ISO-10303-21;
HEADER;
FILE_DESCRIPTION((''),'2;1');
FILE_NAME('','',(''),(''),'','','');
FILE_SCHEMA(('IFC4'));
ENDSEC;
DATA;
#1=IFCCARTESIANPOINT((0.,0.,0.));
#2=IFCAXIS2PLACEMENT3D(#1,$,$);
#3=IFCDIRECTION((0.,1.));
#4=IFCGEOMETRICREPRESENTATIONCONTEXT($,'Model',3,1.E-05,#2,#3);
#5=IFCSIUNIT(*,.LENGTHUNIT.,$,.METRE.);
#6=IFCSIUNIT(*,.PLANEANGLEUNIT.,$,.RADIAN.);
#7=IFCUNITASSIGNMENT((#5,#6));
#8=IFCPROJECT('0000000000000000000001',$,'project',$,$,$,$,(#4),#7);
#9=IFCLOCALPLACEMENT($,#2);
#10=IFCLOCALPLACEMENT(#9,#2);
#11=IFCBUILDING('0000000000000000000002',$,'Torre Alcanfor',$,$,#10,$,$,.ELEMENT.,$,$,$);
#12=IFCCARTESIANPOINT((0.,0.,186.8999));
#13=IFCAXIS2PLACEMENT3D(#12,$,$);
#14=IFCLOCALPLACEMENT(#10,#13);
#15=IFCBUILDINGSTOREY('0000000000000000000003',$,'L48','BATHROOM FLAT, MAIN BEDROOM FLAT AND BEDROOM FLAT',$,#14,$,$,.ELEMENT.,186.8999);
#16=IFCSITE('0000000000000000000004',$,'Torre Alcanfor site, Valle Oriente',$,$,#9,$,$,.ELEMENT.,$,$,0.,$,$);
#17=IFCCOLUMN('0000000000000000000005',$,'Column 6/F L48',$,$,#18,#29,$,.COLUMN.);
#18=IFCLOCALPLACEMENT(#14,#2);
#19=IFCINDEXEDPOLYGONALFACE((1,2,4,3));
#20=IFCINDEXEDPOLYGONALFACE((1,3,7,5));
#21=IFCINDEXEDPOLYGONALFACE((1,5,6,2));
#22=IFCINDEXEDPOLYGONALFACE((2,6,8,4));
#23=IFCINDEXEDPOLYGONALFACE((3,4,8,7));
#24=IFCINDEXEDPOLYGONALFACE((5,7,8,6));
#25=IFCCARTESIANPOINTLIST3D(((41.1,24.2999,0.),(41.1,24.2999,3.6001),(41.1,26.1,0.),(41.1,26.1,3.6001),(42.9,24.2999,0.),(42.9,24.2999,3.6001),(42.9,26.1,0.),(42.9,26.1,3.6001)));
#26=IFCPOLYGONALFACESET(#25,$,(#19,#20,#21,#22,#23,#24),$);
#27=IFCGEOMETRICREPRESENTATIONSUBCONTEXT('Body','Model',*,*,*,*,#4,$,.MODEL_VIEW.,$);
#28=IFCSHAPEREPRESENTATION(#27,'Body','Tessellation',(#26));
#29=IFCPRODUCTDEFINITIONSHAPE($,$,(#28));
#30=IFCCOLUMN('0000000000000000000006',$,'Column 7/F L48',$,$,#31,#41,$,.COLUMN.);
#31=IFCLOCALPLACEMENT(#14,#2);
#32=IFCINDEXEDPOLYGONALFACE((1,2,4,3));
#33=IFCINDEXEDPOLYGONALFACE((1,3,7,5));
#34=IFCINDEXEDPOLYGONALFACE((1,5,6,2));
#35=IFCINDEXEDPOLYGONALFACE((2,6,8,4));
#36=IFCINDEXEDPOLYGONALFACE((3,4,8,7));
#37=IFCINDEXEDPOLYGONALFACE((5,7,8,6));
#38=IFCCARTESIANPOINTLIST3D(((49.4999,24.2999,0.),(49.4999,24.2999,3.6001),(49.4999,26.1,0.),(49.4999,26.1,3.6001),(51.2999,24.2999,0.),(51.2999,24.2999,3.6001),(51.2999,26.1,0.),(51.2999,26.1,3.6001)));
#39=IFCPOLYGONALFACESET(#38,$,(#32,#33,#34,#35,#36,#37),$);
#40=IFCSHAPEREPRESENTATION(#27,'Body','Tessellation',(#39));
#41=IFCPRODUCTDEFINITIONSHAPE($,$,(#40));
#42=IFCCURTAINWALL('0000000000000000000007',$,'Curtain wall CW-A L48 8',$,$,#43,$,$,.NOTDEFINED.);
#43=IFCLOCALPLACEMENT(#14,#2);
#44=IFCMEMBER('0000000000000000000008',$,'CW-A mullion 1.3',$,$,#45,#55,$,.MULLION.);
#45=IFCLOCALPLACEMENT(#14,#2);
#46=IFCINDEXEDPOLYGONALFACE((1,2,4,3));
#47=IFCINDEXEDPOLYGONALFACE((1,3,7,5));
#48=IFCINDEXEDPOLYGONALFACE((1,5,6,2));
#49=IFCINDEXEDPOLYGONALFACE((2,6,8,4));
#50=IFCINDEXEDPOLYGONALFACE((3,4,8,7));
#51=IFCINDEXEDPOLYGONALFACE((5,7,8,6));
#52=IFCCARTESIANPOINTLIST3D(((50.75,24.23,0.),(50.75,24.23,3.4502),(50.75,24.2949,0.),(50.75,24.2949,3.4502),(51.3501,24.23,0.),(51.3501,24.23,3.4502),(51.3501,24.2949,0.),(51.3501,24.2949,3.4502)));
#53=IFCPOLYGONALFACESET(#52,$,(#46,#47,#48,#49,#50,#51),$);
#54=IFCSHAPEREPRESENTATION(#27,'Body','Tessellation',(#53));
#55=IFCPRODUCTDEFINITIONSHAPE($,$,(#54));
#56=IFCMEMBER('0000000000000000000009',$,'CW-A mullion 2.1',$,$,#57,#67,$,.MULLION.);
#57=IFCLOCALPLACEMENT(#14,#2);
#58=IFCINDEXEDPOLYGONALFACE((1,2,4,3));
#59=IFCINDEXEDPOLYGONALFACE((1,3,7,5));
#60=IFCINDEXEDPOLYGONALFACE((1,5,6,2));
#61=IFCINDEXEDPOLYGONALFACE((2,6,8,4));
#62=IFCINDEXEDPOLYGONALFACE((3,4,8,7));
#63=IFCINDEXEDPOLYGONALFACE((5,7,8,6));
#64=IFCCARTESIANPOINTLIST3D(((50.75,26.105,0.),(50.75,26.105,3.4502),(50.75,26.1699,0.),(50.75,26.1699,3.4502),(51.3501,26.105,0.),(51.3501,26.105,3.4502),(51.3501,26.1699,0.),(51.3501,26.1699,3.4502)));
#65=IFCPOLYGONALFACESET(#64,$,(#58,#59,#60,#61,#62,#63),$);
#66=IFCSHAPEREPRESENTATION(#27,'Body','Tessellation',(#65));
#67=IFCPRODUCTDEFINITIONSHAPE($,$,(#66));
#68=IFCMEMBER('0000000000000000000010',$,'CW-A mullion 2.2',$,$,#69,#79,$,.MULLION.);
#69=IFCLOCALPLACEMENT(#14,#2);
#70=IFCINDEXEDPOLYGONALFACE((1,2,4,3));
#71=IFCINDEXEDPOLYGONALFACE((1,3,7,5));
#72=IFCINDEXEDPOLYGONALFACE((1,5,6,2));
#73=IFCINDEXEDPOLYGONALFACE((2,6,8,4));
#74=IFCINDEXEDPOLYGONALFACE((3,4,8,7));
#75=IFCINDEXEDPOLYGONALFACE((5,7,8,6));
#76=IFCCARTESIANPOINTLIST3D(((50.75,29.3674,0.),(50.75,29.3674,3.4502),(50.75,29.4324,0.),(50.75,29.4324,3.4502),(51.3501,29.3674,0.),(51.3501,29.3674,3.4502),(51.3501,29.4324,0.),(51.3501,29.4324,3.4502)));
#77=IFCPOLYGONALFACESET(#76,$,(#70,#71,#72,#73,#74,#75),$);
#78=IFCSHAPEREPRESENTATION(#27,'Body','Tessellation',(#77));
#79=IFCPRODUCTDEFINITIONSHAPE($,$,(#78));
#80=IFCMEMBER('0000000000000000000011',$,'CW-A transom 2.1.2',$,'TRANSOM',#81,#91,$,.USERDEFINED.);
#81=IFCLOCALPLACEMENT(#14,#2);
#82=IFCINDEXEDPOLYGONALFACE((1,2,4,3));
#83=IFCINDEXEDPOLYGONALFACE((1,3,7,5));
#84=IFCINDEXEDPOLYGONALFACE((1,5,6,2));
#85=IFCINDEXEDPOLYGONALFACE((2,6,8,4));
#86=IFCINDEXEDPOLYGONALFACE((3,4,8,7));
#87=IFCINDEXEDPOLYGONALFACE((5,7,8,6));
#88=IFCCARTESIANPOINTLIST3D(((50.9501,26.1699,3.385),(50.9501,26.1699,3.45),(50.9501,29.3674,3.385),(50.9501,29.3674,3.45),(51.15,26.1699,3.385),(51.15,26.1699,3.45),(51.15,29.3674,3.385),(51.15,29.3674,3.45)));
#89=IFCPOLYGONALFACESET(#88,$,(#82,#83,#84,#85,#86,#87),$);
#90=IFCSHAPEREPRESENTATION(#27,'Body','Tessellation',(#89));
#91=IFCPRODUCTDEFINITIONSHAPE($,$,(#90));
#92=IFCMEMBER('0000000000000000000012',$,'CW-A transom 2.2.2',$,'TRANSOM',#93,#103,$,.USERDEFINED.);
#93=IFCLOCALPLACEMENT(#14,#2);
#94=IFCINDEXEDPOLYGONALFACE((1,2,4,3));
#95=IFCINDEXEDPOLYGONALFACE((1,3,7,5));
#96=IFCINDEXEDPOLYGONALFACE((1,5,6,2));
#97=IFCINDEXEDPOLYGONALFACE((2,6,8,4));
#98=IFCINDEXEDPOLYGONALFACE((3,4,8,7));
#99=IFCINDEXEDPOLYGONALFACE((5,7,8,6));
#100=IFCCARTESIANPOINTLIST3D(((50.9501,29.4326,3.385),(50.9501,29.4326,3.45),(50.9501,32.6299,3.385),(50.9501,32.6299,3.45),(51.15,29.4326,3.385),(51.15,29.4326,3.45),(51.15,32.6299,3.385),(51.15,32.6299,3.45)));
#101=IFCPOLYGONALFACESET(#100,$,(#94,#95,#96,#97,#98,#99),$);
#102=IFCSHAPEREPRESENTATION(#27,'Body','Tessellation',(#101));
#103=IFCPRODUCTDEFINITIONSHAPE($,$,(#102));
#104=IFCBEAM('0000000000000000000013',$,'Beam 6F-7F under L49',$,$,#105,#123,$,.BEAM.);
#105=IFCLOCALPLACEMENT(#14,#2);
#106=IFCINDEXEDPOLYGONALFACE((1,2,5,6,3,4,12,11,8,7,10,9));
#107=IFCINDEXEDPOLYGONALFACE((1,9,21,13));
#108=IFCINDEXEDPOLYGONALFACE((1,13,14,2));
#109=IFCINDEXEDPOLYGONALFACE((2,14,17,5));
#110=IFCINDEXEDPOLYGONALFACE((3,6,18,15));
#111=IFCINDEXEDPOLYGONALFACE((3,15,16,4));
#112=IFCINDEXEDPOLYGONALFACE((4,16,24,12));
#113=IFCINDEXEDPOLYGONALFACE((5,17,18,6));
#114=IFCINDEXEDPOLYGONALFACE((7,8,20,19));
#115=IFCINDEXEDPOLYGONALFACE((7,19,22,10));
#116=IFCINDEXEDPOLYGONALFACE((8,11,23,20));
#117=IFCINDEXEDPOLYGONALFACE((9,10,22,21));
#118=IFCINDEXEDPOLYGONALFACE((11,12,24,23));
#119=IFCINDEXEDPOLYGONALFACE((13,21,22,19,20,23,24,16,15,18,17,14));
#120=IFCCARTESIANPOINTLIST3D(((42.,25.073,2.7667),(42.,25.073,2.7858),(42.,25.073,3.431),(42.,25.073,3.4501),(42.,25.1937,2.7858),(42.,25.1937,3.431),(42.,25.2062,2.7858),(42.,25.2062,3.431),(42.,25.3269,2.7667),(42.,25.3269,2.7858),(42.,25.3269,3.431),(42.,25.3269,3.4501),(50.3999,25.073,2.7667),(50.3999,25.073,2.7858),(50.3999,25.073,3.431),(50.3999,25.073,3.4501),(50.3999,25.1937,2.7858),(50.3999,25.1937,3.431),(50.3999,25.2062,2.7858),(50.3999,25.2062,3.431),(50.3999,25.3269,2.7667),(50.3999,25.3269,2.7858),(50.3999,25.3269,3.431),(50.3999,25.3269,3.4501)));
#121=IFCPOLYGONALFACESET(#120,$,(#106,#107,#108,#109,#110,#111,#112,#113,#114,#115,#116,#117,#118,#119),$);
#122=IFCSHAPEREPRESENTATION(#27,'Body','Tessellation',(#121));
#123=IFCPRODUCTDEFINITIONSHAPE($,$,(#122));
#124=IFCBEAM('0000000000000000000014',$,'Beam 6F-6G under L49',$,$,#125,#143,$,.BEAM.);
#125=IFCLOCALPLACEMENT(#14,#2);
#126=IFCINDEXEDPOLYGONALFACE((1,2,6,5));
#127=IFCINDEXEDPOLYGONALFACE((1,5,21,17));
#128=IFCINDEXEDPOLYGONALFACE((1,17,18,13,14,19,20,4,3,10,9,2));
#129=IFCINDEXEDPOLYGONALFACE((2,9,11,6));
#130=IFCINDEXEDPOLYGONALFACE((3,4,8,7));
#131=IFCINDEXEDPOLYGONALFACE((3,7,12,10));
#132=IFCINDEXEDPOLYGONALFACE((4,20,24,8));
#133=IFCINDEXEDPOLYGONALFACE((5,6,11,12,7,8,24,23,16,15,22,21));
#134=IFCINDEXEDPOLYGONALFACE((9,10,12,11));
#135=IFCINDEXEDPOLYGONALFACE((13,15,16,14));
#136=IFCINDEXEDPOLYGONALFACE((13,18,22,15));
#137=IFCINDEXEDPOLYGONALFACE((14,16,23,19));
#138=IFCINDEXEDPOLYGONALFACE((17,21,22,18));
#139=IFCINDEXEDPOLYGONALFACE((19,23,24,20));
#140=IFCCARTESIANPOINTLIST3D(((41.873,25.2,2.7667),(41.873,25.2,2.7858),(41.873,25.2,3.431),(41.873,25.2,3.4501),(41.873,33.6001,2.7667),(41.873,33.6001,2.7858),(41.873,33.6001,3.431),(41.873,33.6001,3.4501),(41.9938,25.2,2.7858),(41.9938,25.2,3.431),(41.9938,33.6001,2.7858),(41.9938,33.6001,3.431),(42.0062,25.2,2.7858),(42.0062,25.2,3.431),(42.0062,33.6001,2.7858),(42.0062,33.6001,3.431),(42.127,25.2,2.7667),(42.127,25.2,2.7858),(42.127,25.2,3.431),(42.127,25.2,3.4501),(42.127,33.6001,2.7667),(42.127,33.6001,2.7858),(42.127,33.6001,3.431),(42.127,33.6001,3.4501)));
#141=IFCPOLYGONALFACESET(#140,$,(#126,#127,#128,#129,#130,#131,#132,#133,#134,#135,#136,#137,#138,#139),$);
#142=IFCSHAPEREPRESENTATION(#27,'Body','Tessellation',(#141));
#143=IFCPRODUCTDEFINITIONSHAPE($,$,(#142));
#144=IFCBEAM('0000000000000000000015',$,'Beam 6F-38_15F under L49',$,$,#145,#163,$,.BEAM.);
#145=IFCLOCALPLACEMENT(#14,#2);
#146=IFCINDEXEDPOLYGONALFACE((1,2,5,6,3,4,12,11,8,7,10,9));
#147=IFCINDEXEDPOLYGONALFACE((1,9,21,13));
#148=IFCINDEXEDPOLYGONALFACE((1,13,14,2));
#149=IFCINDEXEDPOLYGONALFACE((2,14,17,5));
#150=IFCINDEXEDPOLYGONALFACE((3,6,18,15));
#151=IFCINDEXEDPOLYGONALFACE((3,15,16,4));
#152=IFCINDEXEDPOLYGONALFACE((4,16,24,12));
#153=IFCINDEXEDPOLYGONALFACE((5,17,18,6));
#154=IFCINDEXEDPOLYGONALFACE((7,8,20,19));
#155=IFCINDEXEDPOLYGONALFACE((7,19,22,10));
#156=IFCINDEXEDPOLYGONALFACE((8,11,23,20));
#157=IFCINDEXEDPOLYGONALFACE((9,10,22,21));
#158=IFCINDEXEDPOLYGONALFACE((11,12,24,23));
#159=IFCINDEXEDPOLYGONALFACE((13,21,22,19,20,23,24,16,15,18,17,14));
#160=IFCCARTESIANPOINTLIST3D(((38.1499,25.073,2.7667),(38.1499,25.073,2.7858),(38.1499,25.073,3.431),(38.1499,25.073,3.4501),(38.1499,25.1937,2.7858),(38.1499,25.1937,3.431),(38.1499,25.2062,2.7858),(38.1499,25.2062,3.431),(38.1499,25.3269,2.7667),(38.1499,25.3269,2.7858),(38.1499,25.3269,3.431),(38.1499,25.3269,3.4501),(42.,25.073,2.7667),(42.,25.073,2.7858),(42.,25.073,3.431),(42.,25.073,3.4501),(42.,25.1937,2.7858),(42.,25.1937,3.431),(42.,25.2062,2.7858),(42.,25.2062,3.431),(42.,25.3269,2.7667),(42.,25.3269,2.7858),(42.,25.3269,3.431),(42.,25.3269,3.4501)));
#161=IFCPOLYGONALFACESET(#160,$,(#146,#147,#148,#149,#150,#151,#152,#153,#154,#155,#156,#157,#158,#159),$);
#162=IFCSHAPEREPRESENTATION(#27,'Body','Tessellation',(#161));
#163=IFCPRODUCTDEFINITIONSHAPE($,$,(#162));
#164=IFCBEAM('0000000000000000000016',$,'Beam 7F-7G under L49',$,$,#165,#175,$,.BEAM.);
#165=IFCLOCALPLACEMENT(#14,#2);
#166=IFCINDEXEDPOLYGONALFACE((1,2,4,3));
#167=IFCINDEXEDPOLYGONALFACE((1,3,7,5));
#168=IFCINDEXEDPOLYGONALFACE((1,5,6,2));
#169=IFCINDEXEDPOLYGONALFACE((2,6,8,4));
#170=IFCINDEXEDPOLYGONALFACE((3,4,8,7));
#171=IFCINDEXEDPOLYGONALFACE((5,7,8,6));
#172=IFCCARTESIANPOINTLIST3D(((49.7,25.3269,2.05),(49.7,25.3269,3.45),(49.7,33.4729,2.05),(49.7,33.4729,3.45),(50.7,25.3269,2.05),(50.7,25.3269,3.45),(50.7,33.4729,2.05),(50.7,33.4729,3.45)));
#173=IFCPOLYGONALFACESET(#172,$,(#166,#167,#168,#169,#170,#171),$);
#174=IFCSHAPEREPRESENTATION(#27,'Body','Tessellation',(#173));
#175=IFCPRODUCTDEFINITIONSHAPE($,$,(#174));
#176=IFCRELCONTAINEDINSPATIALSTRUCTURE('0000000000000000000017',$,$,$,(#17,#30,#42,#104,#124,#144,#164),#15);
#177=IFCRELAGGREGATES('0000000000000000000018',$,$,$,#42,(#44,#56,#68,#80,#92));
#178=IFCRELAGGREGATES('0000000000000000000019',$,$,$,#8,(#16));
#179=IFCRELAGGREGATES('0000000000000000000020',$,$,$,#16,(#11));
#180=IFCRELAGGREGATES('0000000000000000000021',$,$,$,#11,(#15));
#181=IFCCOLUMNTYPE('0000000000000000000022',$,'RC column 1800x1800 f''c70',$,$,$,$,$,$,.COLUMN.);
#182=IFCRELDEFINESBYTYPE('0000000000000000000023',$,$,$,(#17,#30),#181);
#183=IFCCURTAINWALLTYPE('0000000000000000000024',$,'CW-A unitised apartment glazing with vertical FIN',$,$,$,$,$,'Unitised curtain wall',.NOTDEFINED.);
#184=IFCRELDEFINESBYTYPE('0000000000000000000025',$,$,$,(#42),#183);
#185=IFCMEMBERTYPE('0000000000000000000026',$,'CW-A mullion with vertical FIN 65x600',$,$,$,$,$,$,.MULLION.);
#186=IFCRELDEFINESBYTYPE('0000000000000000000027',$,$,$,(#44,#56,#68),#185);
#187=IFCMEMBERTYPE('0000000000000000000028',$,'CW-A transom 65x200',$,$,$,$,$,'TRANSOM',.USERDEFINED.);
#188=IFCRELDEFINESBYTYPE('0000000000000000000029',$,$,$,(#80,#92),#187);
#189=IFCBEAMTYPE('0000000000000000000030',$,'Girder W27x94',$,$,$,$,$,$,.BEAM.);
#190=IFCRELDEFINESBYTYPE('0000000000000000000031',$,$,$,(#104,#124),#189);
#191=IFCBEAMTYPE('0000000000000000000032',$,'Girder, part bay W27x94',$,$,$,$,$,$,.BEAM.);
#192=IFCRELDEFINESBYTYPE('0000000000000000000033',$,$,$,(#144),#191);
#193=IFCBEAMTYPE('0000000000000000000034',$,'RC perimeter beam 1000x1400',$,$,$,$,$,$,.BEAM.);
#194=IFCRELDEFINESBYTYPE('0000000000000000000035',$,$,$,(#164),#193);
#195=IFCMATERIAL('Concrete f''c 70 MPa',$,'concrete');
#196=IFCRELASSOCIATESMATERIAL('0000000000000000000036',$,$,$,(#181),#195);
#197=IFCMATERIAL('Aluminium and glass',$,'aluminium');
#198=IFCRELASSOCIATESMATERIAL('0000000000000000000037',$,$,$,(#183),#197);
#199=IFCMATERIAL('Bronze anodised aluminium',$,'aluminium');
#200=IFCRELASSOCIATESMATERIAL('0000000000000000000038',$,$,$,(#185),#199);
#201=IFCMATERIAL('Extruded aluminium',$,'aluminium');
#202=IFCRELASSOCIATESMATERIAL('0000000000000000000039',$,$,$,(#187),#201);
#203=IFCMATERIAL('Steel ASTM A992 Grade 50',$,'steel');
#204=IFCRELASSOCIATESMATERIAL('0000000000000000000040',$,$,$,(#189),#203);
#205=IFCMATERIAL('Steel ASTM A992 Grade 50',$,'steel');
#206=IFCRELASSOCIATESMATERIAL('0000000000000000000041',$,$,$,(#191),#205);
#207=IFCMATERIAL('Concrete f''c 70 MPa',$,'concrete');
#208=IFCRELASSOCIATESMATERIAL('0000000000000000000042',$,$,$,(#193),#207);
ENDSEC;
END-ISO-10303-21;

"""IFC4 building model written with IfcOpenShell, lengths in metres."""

from ifc_helpers import new_model, si_unit, direction, frame, origin, origin_2d, place, context, subcontext, project, spatial, rectangle, i_section, extrude, material, material_profile, profile_set, type_object, element, aggregate, save


model = new_model("IFC4")

# Units and contexts
model_context = context("Model", 3, precision=1e-05, world=origin(), true_north=direction((0.0, 1.0)))
body_context = subcontext(model_context, "Body", "Model", "MODEL_VIEW")
ifc_project = project(units=[si_unit("LENGTHUNIT", "METRE"), si_unit("PLANEANGLEUNIT", "RADIAN")], contexts=[model_context])

# Site, building, storey
site_placement = place(None, origin())
site = spatial("IfcSite", under=ifc_project, at=site_placement, Name="Torre Alcanfor site, Valle Oriente", CompositionType="ELEMENT", RefElevation=0.0)
building_placement = place(site_placement, origin())
building = spatial("IfcBuilding", under=site, at=building_placement, Name="Torre Alcanfor", CompositionType="ELEMENT")
storey_placement = place(building_placement, frame((0.0, 0.0, 186.8999)))
storey = spatial("IfcBuildingStorey", under=building, at=storey_placement, Name="L48", Description="BATHROOM FLAT, MAIN BEDROOM FLAT AND BEDROOM FLAT", CompositionType="ELEMENT", Elevation=186.8999)

# Columns
ifc_material_1 = material(Name="Concrete f'c 70 MPa", Category="concrete")
ifc_material_profile_1 = material_profile(ifc_material_1, rectangle(XDim=1.8, YDim=1.8, at=origin_2d()), Name="1800x1800")
ifc_profile_set_1 = profile_set([ifc_material_profile_1], Name="Concrete f'c 70 MPa")
column_type = type_object("IfcColumnType", Name="RC column 1800x1800 f'c70", PredefinedType="COLUMN", material=ifc_profile_set_1)
for number, where, z_axis, x_axis, name in (
    (1, (42.0, 25.2, 0.0), (0.0, 0.0, 1.0), (1.0, 0.0, 0.0), "Column 6/F L48"),
    (2, (50.3999, 25.2, 0.0), (0.0, 0.0, 1.0), (1.0, 0.0, 0.0), "Column 7/F L48"),
):
    element("IfcColumn", number, at=place(storey_placement, frame(where, z_axis=z_axis, x_axis=x_axis)), inside=storey, type_object=column_type, Name=name, PredefinedType="COLUMN", context=body_context, shape_type="SweptSolid", body=[
        extrude(rectangle(XDim=1.8, YDim=1.8, at=origin_2d()), origin(), (0.0, 0.0, 1.0), 3.6001),
    ])

# Curtain wall, members
ifc_material_2 = material(Name="Aluminium and glass", Category="aluminium")
curtain_wall_type = type_object("IfcCurtainWallType", Name="CW-A unitised apartment glazing with vertical FIN", ElementType="Unitised curtain wall", PredefinedType="NOTDEFINED", material=ifc_material_2)
curtain_wall_placement = place(storey_placement, origin())
curtain_wall = element("IfcCurtainWall", 3, at=curtain_wall_placement, inside=storey, type_object=curtain_wall_type, Name="Curtain wall CW-A L48 8", PredefinedType="NOTDEFINED")
ifc_material_3 = material(Name="Bronze anodised aluminium", Category="aluminium")
ifc_material_profile_2 = material_profile(ifc_material_3, rectangle(XDim=0.6001, YDim=0.0649, at=origin_2d()), Name="CW-A mullion 65x600")
ifc_profile_set_2 = profile_set([ifc_material_profile_2], Name="Bronze anodised aluminium")
member_type_1 = type_object("IfcMemberType", Name="CW-A mullion with vertical FIN 65x600", PredefinedType="MULLION", material=ifc_profile_set_2)
member_1_placement = place(storey_placement, frame((51.05, 24.2625, 0.0), z_axis=(0.0, 0.0, 1.0), x_axis=(-1.0, 0.0, 0.0)))
member_1 = element("IfcMember", 4, at=member_1_placement, type_object=member_type_1, Name="CW-A mullion 1.3", PredefinedType="MULLION", context=body_context, shape_type="SweptSolid", body=[
    extrude(rectangle(XDim=0.6001, YDim=0.0649, at=origin_2d()), origin(), (0.0, 0.0, 1.0), 3.4502),
])
member_2_placement = place(storey_placement, frame((51.05, 26.1375, 0.0), z_axis=(0.0, 0.0, 1.0), x_axis=(-1.0, 0.0, 0.0)))
member_2 = element("IfcMember", 5, at=member_2_placement, type_object=member_type_1, Name="CW-A mullion 2.1", PredefinedType="MULLION", context=body_context, shape_type="SweptSolid", body=[
    extrude(rectangle(XDim=0.6001, YDim=0.0649, at=origin_2d()), origin(), (0.0, 0.0, 1.0), 3.4502),
])
member_3_placement = place(storey_placement, frame((51.05, 29.3999, 0.0), z_axis=(0.0, 0.0, 1.0), x_axis=(-1.0, 0.0, 0.0)))
member_3 = element("IfcMember", 6, at=member_3_placement, type_object=member_type_1, Name="CW-A mullion 2.2", PredefinedType="MULLION", context=body_context, shape_type="SweptSolid", body=[
    extrude(rectangle(XDim=0.6001, YDim=0.0649, at=origin_2d()), origin(), (0.0, 0.0, 1.0), 3.4502),
])
ifc_material_4 = material(Name="Extruded aluminium", Category="aluminium")
ifc_material_profile_3 = material_profile(ifc_material_4, rectangle(XDim=0.2, YDim=0.0649, at=origin_2d()), Name="CW-A transom 200x65")
ifc_profile_set_3 = profile_set([ifc_material_profile_3], Name="Extruded aluminium")
member_type_2 = type_object("IfcMemberType", Name="CW-A transom 65x200", ElementType="TRANSOM", PredefinedType="USERDEFINED", material=ifc_profile_set_3)
member_4_placement = place(storey_placement, frame((51.05, 26.1699, 3.4175), z_axis=(0.0, 1.0, 0.0), x_axis=(-1.0, 0.0, 0.0)))
member_4 = element("IfcMember", 7, at=member_4_placement, type_object=member_type_2, Name="CW-A transom 2.1.2", ObjectType="TRANSOM", PredefinedType="USERDEFINED", context=body_context, shape_type="SweptSolid", body=[
    extrude(rectangle(XDim=0.2, YDim=0.0649, at=origin_2d()), origin(), (0.0, 0.0, 1.0), 3.1975),
])
member_5_placement = place(storey_placement, frame((51.05, 29.4326, 3.4175), z_axis=(0.0, 1.0, 0.0), x_axis=(-1.0, 0.0, 0.0)))
member_5 = element("IfcMember", 8, at=member_5_placement, type_object=member_type_2, Name="CW-A transom 2.2.2", ObjectType="TRANSOM", PredefinedType="USERDEFINED", context=body_context, shape_type="SweptSolid", body=[
    extrude(rectangle(XDim=0.2, YDim=0.0649, at=origin_2d()), origin(), (0.0, 0.0, 1.0), 3.1973),
])

# Beams
ifc_material_5 = material(Name="Steel ASTM A992 Grade 50", Category="steel")
ifc_material_profile_4 = material_profile(ifc_material_5, i_section(OverallWidth=0.2539, OverallDepth=0.6833, WebThickness=0.0125, FlangeThickness=0.019, at=origin_2d()), Name="W27x94")
ifc_profile_set_4 = profile_set([ifc_material_profile_4], Name="Steel ASTM A992 Grade 50")
beam_type_1 = type_object("IfcBeamType", Name="Girder W27x94", PredefinedType="BEAM", material=ifc_profile_set_4)
beam_1_placement = place(storey_placement, frame((42.0, 25.2, 3.1084), z_axis=(1.0, 0.0, 0.0), x_axis=(0.0, 1.0, 0.0)))
element("IfcBeam", 9, at=beam_1_placement, inside=storey, type_object=beam_type_1, Name="Beam 6F-7F under L49", PredefinedType="BEAM", context=body_context, shape_type="SweptSolid", body=[
    extrude(i_section(OverallWidth=0.2539, OverallDepth=0.6833, WebThickness=0.0125, FlangeThickness=0.019, at=origin_2d()), origin(), (0.0, 0.0, 1.0), 8.3999),
])
beam_2_placement = place(storey_placement, frame((42.0, 25.2, 3.1084), z_axis=(0.0, 1.0, 0.0), x_axis=(-1.0, 0.0, 0.0)))
element("IfcBeam", 10, at=beam_2_placement, inside=storey, type_object=beam_type_1, Name="Beam 6F-6G under L49", PredefinedType="BEAM", context=body_context, shape_type="SweptSolid", body=[
    extrude(i_section(OverallWidth=0.2539, OverallDepth=0.6833, WebThickness=0.0125, FlangeThickness=0.019, at=origin_2d()), origin(), (0.0, 0.0, 1.0), 8.4001),
])
ifc_material_6 = material(Name="Steel ASTM A992 Grade 50", Category="steel")
ifc_material_profile_5 = material_profile(ifc_material_6, i_section(OverallWidth=0.2539, OverallDepth=0.6833, WebThickness=0.0125, FlangeThickness=0.019, at=origin_2d()), Name="W27x94")
ifc_profile_set_5 = profile_set([ifc_material_profile_5], Name="Steel ASTM A992 Grade 50")
beam_type_2 = type_object("IfcBeamType", Name="Girder, part bay W27x94", PredefinedType="BEAM", material=ifc_profile_set_5)
beam_3_placement = place(storey_placement, frame((42.0, 25.2, 3.1084), z_axis=(-1.0, 0.0, 0.0), x_axis=(0.0, -1.0, 0.0)))
element("IfcBeam", 11, at=beam_3_placement, inside=storey, type_object=beam_type_2, Name="Beam 6F-38_15F under L49", PredefinedType="BEAM", context=body_context, shape_type="SweptSolid", body=[
    extrude(i_section(OverallWidth=0.2539, OverallDepth=0.6833, WebThickness=0.0125, FlangeThickness=0.019, at=origin_2d()), origin(), (0.0, 0.0, 1.0), 3.8501),
])
ifc_material_7 = material(Name="Concrete f'c 70 MPa", Category="concrete")
ifc_material_profile_6 = material_profile(ifc_material_7, rectangle(XDim=1.0, YDim=1.3999, at=origin_2d()), Name="1000x1400")
ifc_profile_set_6 = profile_set([ifc_material_profile_6], Name="Concrete f'c 70 MPa")
beam_type_3 = type_object("IfcBeamType", Name="RC perimeter beam 1000x1400", PredefinedType="BEAM", material=ifc_profile_set_6)
beam_4_placement = place(storey_placement, frame((50.2, 25.3269, 2.75), z_axis=(0.0, 1.0, 0.0), x_axis=(-1.0, 0.0, 0.0)))
element("IfcBeam", 12, at=beam_4_placement, inside=storey, type_object=beam_type_3, Name="Beam 7F-7G under L49", PredefinedType="BEAM", context=body_context, shape_type="SweptSolid", body=[
    extrude(rectangle(XDim=1.0, YDim=1.3999, at=origin_2d()), origin(), (0.0, 0.0, 1.0), 8.146),
])

aggregate(curtain_wall, [member_1, member_2, member_3, member_4, member_5])

save(model, "model.ifc")
